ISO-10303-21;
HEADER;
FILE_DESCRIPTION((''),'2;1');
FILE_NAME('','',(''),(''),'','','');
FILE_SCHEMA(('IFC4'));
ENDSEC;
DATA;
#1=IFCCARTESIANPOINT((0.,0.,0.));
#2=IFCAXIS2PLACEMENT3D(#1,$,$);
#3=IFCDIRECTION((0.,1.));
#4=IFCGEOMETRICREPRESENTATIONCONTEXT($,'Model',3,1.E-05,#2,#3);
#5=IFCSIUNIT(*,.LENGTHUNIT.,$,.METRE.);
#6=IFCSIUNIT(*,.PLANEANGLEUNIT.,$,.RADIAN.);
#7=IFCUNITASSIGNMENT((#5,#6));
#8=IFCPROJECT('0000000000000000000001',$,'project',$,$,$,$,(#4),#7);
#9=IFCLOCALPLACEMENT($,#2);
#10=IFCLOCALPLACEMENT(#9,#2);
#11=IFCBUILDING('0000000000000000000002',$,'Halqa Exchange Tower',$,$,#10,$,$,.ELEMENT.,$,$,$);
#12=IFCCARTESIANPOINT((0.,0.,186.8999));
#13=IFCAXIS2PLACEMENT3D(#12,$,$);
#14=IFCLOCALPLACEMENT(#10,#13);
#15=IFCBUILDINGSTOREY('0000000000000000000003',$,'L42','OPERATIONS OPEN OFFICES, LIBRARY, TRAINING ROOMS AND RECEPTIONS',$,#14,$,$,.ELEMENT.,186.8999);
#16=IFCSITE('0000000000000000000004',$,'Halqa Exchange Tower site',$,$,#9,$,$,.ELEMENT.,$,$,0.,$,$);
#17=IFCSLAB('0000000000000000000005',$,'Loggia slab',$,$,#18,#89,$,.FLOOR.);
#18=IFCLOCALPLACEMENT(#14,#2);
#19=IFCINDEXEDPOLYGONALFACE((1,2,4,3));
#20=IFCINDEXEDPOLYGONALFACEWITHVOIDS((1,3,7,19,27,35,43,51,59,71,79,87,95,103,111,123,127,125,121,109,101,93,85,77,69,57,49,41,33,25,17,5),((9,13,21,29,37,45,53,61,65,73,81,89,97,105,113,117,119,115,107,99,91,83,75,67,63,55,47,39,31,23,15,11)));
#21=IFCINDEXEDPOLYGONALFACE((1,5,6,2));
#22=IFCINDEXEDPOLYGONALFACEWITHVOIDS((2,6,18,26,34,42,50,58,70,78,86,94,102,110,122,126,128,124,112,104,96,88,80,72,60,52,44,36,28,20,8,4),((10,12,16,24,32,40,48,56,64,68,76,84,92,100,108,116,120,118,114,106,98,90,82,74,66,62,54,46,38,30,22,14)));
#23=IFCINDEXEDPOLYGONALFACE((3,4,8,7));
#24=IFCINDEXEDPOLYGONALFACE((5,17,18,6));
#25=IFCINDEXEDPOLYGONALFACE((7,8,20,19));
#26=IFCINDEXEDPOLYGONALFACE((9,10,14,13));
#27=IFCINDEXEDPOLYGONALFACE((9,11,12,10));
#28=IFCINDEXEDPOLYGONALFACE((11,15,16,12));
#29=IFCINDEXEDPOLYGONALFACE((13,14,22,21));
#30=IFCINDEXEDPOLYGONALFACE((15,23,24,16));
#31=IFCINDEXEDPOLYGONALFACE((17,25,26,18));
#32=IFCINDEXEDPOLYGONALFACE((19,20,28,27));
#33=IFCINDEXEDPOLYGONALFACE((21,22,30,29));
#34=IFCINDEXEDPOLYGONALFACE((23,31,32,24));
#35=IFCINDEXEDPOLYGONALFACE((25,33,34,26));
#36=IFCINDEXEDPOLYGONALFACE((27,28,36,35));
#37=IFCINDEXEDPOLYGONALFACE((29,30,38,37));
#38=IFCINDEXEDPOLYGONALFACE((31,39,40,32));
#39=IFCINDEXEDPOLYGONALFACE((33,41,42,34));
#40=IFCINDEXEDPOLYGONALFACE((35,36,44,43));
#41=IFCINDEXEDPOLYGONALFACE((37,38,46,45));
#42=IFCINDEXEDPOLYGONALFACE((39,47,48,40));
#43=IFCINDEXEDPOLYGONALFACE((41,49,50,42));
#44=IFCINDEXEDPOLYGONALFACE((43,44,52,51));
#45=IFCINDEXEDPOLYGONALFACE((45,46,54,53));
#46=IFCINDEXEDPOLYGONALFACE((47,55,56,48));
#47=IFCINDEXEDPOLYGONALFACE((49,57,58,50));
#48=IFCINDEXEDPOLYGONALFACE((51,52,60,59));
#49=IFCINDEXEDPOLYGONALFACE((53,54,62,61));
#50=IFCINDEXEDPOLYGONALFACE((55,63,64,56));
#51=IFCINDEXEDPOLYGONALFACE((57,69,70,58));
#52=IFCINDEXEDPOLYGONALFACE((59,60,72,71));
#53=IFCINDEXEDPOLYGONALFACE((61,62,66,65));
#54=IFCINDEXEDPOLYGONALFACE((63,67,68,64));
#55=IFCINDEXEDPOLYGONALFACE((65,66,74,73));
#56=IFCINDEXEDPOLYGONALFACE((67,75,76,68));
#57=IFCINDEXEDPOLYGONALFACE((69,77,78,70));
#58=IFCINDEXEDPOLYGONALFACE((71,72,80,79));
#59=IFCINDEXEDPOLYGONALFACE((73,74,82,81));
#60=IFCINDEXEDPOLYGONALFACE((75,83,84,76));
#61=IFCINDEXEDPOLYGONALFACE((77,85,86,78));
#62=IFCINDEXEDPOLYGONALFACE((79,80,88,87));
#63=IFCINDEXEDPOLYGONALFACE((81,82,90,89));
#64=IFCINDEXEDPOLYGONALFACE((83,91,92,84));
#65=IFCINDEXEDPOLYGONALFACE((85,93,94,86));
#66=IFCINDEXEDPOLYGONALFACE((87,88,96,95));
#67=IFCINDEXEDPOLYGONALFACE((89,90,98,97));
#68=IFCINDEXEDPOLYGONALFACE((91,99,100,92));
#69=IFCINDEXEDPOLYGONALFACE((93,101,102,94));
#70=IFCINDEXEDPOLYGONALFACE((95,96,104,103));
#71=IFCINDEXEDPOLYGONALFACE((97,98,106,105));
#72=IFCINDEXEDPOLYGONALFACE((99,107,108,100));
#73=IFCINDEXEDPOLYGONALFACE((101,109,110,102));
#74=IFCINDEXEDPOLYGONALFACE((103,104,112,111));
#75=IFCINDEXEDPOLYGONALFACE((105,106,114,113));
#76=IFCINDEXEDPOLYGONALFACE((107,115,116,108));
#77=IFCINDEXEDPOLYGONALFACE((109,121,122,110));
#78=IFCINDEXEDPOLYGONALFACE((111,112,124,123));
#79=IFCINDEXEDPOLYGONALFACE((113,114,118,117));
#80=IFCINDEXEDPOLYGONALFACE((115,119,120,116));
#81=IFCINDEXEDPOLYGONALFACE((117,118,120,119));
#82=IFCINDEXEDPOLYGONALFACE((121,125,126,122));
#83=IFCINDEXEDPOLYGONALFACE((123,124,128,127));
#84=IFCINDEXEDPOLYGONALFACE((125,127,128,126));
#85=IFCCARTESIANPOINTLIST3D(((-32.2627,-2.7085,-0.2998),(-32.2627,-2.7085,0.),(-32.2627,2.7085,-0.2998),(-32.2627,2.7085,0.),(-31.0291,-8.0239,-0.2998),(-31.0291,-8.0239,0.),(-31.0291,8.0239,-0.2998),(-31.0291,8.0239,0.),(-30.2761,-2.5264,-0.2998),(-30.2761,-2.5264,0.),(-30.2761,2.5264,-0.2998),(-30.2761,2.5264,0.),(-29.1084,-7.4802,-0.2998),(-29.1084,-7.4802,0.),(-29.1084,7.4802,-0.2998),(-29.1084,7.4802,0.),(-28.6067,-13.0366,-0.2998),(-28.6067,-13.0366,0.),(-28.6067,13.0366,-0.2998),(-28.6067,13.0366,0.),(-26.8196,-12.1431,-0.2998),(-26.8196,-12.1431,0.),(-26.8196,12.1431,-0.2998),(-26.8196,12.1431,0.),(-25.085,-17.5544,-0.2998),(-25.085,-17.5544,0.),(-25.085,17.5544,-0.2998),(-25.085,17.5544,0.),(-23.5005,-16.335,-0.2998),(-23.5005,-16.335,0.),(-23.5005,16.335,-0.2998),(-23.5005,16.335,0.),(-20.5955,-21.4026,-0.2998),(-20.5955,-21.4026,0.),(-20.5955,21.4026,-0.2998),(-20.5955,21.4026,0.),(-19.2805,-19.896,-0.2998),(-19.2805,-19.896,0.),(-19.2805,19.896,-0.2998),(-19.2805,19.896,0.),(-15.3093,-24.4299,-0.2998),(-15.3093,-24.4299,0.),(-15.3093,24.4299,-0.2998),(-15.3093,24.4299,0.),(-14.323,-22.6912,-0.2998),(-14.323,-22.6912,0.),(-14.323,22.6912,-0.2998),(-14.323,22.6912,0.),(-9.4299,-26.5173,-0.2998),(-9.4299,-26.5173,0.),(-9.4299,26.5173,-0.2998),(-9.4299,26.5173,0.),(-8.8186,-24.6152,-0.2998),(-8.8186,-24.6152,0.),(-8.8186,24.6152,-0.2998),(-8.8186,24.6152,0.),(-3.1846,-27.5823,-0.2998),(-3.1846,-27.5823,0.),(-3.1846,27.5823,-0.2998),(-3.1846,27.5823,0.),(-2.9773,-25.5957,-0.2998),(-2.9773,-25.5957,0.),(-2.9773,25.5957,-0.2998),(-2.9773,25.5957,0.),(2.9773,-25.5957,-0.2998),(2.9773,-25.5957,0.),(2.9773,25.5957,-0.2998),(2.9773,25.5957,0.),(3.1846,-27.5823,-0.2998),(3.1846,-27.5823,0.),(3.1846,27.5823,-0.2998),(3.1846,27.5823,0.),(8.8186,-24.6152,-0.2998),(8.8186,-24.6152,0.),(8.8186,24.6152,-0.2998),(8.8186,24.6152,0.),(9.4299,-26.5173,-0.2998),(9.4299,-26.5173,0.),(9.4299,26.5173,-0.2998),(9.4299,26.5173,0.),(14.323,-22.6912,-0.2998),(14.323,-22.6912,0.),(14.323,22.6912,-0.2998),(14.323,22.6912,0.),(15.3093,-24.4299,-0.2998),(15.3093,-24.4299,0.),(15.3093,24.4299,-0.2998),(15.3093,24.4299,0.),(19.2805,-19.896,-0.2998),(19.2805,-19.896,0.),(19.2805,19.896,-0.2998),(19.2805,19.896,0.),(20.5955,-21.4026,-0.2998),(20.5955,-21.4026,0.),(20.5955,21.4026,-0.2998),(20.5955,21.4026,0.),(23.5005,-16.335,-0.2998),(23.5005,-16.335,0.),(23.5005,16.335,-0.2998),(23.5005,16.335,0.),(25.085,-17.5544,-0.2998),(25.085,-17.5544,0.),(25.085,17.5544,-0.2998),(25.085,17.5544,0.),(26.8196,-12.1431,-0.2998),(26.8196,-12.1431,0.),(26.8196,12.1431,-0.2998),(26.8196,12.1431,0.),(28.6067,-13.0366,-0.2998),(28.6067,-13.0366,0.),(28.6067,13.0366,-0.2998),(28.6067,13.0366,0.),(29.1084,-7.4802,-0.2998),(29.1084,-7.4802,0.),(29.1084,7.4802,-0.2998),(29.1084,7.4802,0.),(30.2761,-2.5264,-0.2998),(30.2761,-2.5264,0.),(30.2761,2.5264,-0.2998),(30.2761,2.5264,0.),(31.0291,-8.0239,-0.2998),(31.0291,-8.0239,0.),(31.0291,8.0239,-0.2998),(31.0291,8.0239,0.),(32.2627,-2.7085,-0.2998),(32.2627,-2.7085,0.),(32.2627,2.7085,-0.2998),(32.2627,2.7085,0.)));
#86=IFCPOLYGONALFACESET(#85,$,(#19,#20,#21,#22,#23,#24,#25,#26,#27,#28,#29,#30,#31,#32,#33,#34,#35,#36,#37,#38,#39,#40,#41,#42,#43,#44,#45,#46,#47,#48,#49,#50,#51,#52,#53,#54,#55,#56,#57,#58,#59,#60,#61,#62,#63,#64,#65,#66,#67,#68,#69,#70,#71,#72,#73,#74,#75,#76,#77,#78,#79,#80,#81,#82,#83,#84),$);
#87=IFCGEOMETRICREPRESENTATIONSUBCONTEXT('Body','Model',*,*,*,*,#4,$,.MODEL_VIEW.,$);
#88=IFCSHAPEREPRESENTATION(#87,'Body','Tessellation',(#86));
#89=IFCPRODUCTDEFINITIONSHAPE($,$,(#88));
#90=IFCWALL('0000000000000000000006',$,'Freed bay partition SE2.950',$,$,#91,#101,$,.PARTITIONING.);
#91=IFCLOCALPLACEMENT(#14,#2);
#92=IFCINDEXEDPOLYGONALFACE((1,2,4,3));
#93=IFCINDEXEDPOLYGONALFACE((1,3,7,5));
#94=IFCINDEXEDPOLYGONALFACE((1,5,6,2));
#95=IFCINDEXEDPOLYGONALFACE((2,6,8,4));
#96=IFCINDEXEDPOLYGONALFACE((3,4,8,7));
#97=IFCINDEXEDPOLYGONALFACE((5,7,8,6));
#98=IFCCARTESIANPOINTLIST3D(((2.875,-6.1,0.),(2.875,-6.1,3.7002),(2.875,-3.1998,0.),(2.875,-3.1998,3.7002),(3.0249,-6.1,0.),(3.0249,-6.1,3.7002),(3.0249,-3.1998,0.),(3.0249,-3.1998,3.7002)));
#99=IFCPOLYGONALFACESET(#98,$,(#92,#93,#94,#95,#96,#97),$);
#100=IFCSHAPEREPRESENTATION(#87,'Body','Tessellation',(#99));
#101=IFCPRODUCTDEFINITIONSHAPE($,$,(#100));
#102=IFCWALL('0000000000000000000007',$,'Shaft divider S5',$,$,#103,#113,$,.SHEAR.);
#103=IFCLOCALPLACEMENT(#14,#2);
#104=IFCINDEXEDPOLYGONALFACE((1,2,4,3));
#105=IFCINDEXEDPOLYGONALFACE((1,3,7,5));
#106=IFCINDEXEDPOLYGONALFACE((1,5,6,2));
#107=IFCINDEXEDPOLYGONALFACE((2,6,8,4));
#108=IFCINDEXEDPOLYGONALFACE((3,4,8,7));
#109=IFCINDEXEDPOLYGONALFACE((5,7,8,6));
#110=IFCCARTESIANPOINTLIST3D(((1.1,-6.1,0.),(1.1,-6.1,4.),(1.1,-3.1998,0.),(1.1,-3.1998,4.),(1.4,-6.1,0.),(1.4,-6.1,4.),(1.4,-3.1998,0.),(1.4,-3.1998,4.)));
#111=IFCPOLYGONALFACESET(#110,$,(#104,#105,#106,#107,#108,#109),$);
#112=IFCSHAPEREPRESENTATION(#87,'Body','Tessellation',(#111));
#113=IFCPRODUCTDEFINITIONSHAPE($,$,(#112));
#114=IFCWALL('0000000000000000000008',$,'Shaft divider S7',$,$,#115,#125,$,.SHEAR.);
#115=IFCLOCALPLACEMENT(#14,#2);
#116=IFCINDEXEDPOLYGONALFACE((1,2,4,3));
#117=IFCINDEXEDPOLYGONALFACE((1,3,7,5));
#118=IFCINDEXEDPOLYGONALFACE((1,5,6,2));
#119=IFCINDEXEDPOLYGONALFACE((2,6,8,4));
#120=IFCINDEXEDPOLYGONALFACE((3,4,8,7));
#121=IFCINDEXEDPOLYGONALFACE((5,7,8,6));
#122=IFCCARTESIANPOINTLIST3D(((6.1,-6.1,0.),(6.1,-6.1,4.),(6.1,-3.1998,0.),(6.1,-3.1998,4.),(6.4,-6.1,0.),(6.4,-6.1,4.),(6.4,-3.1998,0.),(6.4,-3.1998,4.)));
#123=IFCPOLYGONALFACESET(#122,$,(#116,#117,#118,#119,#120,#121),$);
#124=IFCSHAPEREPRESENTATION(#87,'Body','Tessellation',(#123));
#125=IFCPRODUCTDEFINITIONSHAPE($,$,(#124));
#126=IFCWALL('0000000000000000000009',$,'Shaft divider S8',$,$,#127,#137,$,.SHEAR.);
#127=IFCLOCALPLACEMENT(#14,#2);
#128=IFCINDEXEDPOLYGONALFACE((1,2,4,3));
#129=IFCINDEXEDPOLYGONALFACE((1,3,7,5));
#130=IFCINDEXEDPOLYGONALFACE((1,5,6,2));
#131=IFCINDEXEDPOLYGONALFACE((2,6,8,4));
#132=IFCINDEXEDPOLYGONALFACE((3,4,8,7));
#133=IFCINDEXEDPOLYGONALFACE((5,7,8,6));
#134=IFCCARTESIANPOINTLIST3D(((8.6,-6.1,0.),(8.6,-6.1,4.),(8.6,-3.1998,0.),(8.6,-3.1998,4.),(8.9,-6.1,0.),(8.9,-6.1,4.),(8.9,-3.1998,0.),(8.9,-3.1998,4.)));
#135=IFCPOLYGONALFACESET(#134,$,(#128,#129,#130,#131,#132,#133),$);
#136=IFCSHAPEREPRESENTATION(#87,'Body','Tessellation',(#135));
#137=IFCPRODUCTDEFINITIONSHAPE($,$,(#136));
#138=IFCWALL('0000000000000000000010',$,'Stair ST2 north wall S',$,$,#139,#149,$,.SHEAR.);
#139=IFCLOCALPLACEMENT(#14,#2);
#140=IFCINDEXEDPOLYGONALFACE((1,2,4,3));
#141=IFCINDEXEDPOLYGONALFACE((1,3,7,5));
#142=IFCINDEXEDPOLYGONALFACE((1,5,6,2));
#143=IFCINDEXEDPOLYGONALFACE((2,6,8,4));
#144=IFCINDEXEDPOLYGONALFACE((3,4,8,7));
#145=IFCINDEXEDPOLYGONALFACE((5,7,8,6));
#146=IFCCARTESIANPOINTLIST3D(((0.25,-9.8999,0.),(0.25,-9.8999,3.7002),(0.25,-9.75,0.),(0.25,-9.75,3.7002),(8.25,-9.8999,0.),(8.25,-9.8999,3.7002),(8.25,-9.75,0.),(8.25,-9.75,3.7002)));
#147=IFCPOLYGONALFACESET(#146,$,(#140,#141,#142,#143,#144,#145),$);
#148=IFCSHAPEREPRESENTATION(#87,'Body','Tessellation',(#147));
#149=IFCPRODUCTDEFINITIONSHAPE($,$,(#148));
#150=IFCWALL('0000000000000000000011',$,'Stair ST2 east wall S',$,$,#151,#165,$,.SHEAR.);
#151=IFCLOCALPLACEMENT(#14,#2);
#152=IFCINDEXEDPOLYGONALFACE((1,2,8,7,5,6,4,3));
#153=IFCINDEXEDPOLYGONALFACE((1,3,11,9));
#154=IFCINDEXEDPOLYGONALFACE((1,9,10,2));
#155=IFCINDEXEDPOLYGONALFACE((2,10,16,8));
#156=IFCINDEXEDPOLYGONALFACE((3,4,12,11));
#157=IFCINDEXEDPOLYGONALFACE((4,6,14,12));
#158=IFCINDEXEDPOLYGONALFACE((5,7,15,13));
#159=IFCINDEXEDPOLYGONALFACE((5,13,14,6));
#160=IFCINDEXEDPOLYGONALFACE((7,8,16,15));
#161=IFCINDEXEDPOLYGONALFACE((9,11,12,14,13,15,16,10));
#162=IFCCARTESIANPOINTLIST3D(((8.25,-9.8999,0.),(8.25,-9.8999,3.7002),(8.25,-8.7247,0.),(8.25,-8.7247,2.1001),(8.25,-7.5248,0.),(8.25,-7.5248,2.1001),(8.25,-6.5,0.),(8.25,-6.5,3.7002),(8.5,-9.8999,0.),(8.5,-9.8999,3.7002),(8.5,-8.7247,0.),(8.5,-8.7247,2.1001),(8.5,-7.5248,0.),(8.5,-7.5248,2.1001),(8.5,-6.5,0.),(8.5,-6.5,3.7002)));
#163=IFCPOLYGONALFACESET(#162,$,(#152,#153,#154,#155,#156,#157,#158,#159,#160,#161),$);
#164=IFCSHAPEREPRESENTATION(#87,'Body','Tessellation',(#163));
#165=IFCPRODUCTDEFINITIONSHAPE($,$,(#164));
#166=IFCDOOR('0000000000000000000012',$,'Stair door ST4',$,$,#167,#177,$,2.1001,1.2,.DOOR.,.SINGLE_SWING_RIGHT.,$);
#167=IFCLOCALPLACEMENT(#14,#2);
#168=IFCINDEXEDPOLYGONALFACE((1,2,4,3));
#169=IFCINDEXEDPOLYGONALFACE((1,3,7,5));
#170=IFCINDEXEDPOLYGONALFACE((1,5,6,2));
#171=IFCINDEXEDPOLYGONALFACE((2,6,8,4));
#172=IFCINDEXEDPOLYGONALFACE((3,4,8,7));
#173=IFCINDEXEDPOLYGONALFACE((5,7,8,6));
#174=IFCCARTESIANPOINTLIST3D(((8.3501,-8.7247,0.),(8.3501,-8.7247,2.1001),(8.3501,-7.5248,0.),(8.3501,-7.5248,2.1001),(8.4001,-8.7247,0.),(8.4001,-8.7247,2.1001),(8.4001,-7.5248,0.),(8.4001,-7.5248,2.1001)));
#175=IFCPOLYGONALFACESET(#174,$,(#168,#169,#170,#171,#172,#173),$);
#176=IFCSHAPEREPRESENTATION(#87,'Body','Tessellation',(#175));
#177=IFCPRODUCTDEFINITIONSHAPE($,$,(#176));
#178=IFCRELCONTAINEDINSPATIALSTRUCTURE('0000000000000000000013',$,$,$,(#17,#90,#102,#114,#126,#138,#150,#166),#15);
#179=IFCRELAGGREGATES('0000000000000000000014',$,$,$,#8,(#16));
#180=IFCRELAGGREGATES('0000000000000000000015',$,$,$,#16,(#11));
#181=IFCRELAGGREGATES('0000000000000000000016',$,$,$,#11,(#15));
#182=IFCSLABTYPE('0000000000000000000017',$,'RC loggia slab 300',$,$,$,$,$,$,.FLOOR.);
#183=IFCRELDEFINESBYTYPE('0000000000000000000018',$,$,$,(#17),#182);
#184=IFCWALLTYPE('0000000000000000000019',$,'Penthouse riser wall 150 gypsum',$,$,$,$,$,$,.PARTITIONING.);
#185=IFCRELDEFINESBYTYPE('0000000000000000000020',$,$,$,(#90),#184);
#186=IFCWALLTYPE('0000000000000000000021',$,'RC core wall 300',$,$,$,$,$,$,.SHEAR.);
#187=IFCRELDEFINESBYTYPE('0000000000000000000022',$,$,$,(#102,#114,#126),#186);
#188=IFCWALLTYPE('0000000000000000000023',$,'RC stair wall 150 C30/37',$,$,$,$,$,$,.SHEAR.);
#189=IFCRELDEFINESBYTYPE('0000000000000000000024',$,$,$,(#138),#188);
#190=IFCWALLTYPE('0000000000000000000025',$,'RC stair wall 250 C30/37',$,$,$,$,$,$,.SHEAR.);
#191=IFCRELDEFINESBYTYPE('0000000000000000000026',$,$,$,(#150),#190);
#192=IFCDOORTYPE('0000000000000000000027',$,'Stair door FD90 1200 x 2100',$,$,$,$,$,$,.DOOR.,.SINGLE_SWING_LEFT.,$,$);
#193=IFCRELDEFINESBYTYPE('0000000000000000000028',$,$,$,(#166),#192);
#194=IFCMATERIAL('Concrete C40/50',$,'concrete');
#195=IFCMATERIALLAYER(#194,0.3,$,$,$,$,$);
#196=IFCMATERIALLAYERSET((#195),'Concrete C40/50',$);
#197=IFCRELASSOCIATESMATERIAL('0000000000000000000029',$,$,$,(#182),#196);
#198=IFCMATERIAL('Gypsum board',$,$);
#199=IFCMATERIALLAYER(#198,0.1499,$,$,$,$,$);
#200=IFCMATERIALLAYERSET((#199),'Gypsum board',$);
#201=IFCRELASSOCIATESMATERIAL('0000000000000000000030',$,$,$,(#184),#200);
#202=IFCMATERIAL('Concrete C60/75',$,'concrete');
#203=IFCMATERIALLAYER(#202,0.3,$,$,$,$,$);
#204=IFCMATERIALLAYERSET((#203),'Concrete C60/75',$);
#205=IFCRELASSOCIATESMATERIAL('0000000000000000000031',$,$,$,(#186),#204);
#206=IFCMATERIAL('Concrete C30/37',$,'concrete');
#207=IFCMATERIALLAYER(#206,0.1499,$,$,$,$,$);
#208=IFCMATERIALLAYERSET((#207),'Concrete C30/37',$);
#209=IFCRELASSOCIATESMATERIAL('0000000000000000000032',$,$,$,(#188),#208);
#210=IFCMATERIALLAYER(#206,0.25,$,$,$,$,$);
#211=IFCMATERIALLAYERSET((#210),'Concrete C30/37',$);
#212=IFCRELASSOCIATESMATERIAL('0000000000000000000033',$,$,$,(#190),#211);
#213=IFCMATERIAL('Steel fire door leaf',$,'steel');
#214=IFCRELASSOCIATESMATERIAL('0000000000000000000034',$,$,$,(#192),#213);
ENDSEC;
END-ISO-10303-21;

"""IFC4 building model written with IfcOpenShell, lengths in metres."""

from ifc_helpers import new_model, si_unit, direction, frame, frame_2d, origin, place, context, subcontext, project, spatial, polyline, rectangle, outline, extrude, material, layer, layer_set, type_object, element, fill, save


model = new_model("IFC4")

# Units and contexts
model_context = context("Model", 3, precision=1e-05, world=origin(), true_north=direction((0.0, 1.0)))
body_context = subcontext(model_context, "Body", "Model", "MODEL_VIEW")
ifc_project = project(units=[si_unit("LENGTHUNIT", "METRE"), si_unit("PLANEANGLEUNIT", "RADIAN")], contexts=[model_context])

# Site, building, storey
site_placement = place(None, origin())
site = spatial("IfcSite", under=ifc_project, at=site_placement, Name="Halqa Exchange Tower site", CompositionType="ELEMENT", RefElevation=0.0)
building_placement = place(site_placement, origin())
building = spatial("IfcBuilding", under=site, at=building_placement, Name="Halqa Exchange Tower", CompositionType="ELEMENT")
storey_placement = place(building_placement, frame((0.0, 0.0, 186.8999)))
storey = spatial("IfcBuildingStorey", under=building, at=storey_placement, Name="L42", Description="OPERATIONS OPEN OFFICES, LIBRARY, TRAINING ROOMS AND RECEPTIONS", CompositionType="ELEMENT", Elevation=186.8999)

# Slab
ifc_material_1 = material(Name="Concrete C60/75", Category="concrete")
ifc_material_2 = material(Name="Concrete C40/50", Category="concrete")
ifc_layer_1 = layer(ifc_material_2, 0.3)
ifc_layer_set_1 = layer_set([ifc_layer_1], Name="Concrete C40/50")
slab_type_1 = type_object("IfcSlabType", Name="RC loggia slab 300", PredefinedType="FLOOR", material=ifc_layer_set_1)
slab_1_placement = place(storey_placement, frame((0.0, 0.0, -0.2998)))
element("IfcSlab", 1, at=slab_1_placement, inside=storey, type_object=slab_type_1, Name="Loggia slab", PredefinedType="FLOOR", context=body_context, shape_type="SweptSolid", body=[
    extrude(outline(polyline([(32.2627, 2.7085), (32.2627, -2.7085), (31.0291, -8.0239), (28.6067, -13.0366), (25.085, -17.5544), (20.5955, -21.4026), (15.3093, -24.4299), (9.4299, -26.5173), (3.1846, -27.5823), (-3.1846, -27.5823), (-9.4299, -26.5173), (-15.3093, -24.4299), (-20.5955, -21.4026), (-25.085, -17.5544), (-28.6067, -13.0366), (-31.0291, -8.0239), (-32.2627, -2.7085), (-32.2627, 2.7085), (-31.0291, 8.0239), (-28.6067, 13.0366), (-25.085, 17.5544), (-20.5955, 21.4026), (-15.3093, 24.4299), (-9.4299, 26.5173), (-3.1846, 27.5823), (3.1846, 27.5823), (9.4299, 26.5173), (15.3093, 24.4299), (20.5955, 21.4026), (25.085, 17.5544), (28.6067, 13.0366), (31.0291, 8.0239), (32.2627, 2.7085)]), holes=[polyline([(30.2761, 2.5264), (29.1084, 7.4802), (26.8196, 12.1431), (23.5005, 16.335), (19.2805, 19.896), (14.323, 22.6912), (8.8186, 24.6152), (2.9773, 25.5957), (-2.9773, 25.5957), (-8.8186, 24.6152), (-14.323, 22.6912), (-19.2805, 19.896), (-23.5005, 16.335), (-26.8196, 12.1431), (-29.1084, 7.4802), (-30.2761, 2.5264), (-30.2761, -2.5264), (-29.1084, -7.4802), (-26.8196, -12.1431), (-23.5005, -16.335), (-19.2805, -19.896), (-14.323, -22.6912), (-8.8186, -24.6152), (-2.9773, -25.5957), (2.9773, -25.5957), (8.8186, -24.6152), (14.323, -22.6912), (19.2805, -19.896), (23.5005, -16.335), (26.8196, -12.1431), (29.1084, -7.4802), (30.2761, -2.5264), (30.2761, 2.5264)])]), origin(), (0.0, 0.0, 1.0), 0.2998),
])

# Walls
ifc_material_3 = material(Name="Gypsum board")
ifc_layer_2 = layer(ifc_material_3, 0.1499)
ifc_layer_set_2 = layer_set([ifc_layer_2], Name="Gypsum board")
wall_type_1 = type_object("IfcWallType", Name="Penthouse riser wall 150 gypsum", PredefinedType="PARTITIONING", material=ifc_layer_set_2)
wall_1_placement = place(storey_placement, frame((2.95, -6.1001, 0.0), z_axis=(0.0, 0.0, 1.0), x_axis=(0.0, 1.0, 0.0)))
element("IfcWall", 2, at=wall_1_placement, inside=storey, type_object=wall_type_1, Name="Freed bay partition SE2.950", PredefinedType="PARTITIONING", context=body_context, shape_type="SweptSolid", body=[
    extrude(rectangle(XDim=2.9001, YDim=0.1499, at=frame_2d((1.4502, 0.0))), origin(), (0.0, 0.0, 1.0), 3.7002),
])
ifc_layer_3 = layer(ifc_material_1, 0.3)
ifc_layer_set_3 = layer_set([ifc_layer_3], Name="Concrete C60/75")
wall_type_2 = type_object("IfcWallType", Name="RC core wall 300", PredefinedType="SHEAR", material=ifc_layer_set_3)
for number, where, z_axis, x_axis, name in (
    (3, (1.25, -6.1001, 0.0), (0.0, 0.0, 1.0), (0.0, 1.0, 0.0), "Shaft divider S5"),
    (4, (6.25, -6.1001, 0.0), (0.0, 0.0, 1.0), (0.0, 1.0, 0.0), "Shaft divider S7"),
    (5, (8.75, -6.1001, 0.0), (0.0, 0.0, 1.0), (0.0, 1.0, 0.0), "Shaft divider S8"),
):
    element("IfcWall", number, at=place(storey_placement, frame(where, z_axis=z_axis, x_axis=x_axis)), inside=storey, type_object=wall_type_2, Name=name, PredefinedType="SHEAR", context=body_context, shape_type="SweptSolid", body=[
        extrude(rectangle(XDim=2.9001, YDim=0.3, at=frame_2d((1.4502, 0.0))), origin(), (0.0, 0.0, 1.0), 4.0),
    ])
ifc_material_4 = material(Name="Concrete C30/37", Category="concrete")
ifc_layer_4 = layer(ifc_material_4, 0.1499)
ifc_layer_set_4 = layer_set([ifc_layer_4], Name="Concrete C30/37")
wall_type_3 = type_object("IfcWallType", Name="RC stair wall 150 C30/37", PredefinedType="SHEAR", material=ifc_layer_set_4)
wall_2_placement = place(storey_placement, frame((0.25, -9.825, 0.0), z_axis=(0.0, 0.0, 1.0), x_axis=(1.0, 0.0, 0.0)))
element("IfcWall", 6, at=wall_2_placement, inside=storey, type_object=wall_type_3, Name="Stair ST2 north wall S", PredefinedType="SHEAR", context=body_context, shape_type="SweptSolid", body=[
    extrude(rectangle(XDim=8.0, YDim=0.1499, at=frame_2d((4.0, 0.0))), origin(), (0.0, 0.0, 1.0), 3.7002),
])

# Wall, opening, door
ifc_layer_5 = layer(ifc_material_4, 0.25)
ifc_layer_set_5 = layer_set([ifc_layer_5], Name="Concrete C30/37")
wall_type_4 = type_object("IfcWallType", Name="RC stair wall 250 C30/37", PredefinedType="SHEAR", material=ifc_layer_set_5)
wall_3_placement = place(storey_placement, frame((8.375, -9.8999, 0.0), z_axis=(0.0, 0.0, 1.0), x_axis=(0.0, 1.0, 0.0)))
wall_3 = element("IfcWall", 7, at=wall_3_placement, inside=storey, type_object=wall_type_4, Name="Stair ST2 east wall S", PredefinedType="SHEAR", context=body_context, shape_type="SweptSolid", body=[
    extrude(rectangle(XDim=3.3999, YDim=0.25, at=frame_2d((1.7, 0.0))), origin(), (0.0, 0.0, 1.0), 3.7002),
])
opening_placement = place(wall_3_placement, frame((1.175, 0.0, 0.0)))
opening = element("IfcOpeningElement", 8, at=opening_placement, cuts=wall_3, PredefinedType="OPENING", context=body_context, shape_type="SweptSolid", body=[
    extrude(rectangle(XDim=1.2, YDim=2.1001, at=frame_2d((0.6001, 1.05))), frame((0.0, 0.137, 0.0), z_axis=(0.0, -1.0, 0.0), x_axis=(1.0, 0.0, 0.0)), (0.0, 0.0, 1.0), 0.2739),
])
ifc_material_5 = material(Name="Steel fire door leaf", Category="steel")
door_type = type_object("IfcDoorType", Name="Stair door FD90 1200 x 2100", OperationType="SINGLE_SWING_LEFT", PredefinedType="DOOR", material=ifc_material_5)
door_placement = place(opening_placement, origin())
door = element("IfcDoor", 9, at=door_placement, inside=storey, type_object=door_type, Name="Stair door ST4", OperationType="SINGLE_SWING_RIGHT", OverallHeight=2.1001, OverallWidth=1.2, PredefinedType="DOOR", context=body_context, shape_type="SweptSolid", body=[
    extrude(rectangle(XDim=1.2, YDim=2.1001, at=frame_2d((0.6001, 1.05))), frame((0.0, 0.0249, 0.0), z_axis=(0.0, -1.0, 0.0), x_axis=(1.0, 0.0, 0.0)), (0.0, 0.0, 1.0), 0.05),
])
fill(opening, door)

save(model, "model.ifc")
